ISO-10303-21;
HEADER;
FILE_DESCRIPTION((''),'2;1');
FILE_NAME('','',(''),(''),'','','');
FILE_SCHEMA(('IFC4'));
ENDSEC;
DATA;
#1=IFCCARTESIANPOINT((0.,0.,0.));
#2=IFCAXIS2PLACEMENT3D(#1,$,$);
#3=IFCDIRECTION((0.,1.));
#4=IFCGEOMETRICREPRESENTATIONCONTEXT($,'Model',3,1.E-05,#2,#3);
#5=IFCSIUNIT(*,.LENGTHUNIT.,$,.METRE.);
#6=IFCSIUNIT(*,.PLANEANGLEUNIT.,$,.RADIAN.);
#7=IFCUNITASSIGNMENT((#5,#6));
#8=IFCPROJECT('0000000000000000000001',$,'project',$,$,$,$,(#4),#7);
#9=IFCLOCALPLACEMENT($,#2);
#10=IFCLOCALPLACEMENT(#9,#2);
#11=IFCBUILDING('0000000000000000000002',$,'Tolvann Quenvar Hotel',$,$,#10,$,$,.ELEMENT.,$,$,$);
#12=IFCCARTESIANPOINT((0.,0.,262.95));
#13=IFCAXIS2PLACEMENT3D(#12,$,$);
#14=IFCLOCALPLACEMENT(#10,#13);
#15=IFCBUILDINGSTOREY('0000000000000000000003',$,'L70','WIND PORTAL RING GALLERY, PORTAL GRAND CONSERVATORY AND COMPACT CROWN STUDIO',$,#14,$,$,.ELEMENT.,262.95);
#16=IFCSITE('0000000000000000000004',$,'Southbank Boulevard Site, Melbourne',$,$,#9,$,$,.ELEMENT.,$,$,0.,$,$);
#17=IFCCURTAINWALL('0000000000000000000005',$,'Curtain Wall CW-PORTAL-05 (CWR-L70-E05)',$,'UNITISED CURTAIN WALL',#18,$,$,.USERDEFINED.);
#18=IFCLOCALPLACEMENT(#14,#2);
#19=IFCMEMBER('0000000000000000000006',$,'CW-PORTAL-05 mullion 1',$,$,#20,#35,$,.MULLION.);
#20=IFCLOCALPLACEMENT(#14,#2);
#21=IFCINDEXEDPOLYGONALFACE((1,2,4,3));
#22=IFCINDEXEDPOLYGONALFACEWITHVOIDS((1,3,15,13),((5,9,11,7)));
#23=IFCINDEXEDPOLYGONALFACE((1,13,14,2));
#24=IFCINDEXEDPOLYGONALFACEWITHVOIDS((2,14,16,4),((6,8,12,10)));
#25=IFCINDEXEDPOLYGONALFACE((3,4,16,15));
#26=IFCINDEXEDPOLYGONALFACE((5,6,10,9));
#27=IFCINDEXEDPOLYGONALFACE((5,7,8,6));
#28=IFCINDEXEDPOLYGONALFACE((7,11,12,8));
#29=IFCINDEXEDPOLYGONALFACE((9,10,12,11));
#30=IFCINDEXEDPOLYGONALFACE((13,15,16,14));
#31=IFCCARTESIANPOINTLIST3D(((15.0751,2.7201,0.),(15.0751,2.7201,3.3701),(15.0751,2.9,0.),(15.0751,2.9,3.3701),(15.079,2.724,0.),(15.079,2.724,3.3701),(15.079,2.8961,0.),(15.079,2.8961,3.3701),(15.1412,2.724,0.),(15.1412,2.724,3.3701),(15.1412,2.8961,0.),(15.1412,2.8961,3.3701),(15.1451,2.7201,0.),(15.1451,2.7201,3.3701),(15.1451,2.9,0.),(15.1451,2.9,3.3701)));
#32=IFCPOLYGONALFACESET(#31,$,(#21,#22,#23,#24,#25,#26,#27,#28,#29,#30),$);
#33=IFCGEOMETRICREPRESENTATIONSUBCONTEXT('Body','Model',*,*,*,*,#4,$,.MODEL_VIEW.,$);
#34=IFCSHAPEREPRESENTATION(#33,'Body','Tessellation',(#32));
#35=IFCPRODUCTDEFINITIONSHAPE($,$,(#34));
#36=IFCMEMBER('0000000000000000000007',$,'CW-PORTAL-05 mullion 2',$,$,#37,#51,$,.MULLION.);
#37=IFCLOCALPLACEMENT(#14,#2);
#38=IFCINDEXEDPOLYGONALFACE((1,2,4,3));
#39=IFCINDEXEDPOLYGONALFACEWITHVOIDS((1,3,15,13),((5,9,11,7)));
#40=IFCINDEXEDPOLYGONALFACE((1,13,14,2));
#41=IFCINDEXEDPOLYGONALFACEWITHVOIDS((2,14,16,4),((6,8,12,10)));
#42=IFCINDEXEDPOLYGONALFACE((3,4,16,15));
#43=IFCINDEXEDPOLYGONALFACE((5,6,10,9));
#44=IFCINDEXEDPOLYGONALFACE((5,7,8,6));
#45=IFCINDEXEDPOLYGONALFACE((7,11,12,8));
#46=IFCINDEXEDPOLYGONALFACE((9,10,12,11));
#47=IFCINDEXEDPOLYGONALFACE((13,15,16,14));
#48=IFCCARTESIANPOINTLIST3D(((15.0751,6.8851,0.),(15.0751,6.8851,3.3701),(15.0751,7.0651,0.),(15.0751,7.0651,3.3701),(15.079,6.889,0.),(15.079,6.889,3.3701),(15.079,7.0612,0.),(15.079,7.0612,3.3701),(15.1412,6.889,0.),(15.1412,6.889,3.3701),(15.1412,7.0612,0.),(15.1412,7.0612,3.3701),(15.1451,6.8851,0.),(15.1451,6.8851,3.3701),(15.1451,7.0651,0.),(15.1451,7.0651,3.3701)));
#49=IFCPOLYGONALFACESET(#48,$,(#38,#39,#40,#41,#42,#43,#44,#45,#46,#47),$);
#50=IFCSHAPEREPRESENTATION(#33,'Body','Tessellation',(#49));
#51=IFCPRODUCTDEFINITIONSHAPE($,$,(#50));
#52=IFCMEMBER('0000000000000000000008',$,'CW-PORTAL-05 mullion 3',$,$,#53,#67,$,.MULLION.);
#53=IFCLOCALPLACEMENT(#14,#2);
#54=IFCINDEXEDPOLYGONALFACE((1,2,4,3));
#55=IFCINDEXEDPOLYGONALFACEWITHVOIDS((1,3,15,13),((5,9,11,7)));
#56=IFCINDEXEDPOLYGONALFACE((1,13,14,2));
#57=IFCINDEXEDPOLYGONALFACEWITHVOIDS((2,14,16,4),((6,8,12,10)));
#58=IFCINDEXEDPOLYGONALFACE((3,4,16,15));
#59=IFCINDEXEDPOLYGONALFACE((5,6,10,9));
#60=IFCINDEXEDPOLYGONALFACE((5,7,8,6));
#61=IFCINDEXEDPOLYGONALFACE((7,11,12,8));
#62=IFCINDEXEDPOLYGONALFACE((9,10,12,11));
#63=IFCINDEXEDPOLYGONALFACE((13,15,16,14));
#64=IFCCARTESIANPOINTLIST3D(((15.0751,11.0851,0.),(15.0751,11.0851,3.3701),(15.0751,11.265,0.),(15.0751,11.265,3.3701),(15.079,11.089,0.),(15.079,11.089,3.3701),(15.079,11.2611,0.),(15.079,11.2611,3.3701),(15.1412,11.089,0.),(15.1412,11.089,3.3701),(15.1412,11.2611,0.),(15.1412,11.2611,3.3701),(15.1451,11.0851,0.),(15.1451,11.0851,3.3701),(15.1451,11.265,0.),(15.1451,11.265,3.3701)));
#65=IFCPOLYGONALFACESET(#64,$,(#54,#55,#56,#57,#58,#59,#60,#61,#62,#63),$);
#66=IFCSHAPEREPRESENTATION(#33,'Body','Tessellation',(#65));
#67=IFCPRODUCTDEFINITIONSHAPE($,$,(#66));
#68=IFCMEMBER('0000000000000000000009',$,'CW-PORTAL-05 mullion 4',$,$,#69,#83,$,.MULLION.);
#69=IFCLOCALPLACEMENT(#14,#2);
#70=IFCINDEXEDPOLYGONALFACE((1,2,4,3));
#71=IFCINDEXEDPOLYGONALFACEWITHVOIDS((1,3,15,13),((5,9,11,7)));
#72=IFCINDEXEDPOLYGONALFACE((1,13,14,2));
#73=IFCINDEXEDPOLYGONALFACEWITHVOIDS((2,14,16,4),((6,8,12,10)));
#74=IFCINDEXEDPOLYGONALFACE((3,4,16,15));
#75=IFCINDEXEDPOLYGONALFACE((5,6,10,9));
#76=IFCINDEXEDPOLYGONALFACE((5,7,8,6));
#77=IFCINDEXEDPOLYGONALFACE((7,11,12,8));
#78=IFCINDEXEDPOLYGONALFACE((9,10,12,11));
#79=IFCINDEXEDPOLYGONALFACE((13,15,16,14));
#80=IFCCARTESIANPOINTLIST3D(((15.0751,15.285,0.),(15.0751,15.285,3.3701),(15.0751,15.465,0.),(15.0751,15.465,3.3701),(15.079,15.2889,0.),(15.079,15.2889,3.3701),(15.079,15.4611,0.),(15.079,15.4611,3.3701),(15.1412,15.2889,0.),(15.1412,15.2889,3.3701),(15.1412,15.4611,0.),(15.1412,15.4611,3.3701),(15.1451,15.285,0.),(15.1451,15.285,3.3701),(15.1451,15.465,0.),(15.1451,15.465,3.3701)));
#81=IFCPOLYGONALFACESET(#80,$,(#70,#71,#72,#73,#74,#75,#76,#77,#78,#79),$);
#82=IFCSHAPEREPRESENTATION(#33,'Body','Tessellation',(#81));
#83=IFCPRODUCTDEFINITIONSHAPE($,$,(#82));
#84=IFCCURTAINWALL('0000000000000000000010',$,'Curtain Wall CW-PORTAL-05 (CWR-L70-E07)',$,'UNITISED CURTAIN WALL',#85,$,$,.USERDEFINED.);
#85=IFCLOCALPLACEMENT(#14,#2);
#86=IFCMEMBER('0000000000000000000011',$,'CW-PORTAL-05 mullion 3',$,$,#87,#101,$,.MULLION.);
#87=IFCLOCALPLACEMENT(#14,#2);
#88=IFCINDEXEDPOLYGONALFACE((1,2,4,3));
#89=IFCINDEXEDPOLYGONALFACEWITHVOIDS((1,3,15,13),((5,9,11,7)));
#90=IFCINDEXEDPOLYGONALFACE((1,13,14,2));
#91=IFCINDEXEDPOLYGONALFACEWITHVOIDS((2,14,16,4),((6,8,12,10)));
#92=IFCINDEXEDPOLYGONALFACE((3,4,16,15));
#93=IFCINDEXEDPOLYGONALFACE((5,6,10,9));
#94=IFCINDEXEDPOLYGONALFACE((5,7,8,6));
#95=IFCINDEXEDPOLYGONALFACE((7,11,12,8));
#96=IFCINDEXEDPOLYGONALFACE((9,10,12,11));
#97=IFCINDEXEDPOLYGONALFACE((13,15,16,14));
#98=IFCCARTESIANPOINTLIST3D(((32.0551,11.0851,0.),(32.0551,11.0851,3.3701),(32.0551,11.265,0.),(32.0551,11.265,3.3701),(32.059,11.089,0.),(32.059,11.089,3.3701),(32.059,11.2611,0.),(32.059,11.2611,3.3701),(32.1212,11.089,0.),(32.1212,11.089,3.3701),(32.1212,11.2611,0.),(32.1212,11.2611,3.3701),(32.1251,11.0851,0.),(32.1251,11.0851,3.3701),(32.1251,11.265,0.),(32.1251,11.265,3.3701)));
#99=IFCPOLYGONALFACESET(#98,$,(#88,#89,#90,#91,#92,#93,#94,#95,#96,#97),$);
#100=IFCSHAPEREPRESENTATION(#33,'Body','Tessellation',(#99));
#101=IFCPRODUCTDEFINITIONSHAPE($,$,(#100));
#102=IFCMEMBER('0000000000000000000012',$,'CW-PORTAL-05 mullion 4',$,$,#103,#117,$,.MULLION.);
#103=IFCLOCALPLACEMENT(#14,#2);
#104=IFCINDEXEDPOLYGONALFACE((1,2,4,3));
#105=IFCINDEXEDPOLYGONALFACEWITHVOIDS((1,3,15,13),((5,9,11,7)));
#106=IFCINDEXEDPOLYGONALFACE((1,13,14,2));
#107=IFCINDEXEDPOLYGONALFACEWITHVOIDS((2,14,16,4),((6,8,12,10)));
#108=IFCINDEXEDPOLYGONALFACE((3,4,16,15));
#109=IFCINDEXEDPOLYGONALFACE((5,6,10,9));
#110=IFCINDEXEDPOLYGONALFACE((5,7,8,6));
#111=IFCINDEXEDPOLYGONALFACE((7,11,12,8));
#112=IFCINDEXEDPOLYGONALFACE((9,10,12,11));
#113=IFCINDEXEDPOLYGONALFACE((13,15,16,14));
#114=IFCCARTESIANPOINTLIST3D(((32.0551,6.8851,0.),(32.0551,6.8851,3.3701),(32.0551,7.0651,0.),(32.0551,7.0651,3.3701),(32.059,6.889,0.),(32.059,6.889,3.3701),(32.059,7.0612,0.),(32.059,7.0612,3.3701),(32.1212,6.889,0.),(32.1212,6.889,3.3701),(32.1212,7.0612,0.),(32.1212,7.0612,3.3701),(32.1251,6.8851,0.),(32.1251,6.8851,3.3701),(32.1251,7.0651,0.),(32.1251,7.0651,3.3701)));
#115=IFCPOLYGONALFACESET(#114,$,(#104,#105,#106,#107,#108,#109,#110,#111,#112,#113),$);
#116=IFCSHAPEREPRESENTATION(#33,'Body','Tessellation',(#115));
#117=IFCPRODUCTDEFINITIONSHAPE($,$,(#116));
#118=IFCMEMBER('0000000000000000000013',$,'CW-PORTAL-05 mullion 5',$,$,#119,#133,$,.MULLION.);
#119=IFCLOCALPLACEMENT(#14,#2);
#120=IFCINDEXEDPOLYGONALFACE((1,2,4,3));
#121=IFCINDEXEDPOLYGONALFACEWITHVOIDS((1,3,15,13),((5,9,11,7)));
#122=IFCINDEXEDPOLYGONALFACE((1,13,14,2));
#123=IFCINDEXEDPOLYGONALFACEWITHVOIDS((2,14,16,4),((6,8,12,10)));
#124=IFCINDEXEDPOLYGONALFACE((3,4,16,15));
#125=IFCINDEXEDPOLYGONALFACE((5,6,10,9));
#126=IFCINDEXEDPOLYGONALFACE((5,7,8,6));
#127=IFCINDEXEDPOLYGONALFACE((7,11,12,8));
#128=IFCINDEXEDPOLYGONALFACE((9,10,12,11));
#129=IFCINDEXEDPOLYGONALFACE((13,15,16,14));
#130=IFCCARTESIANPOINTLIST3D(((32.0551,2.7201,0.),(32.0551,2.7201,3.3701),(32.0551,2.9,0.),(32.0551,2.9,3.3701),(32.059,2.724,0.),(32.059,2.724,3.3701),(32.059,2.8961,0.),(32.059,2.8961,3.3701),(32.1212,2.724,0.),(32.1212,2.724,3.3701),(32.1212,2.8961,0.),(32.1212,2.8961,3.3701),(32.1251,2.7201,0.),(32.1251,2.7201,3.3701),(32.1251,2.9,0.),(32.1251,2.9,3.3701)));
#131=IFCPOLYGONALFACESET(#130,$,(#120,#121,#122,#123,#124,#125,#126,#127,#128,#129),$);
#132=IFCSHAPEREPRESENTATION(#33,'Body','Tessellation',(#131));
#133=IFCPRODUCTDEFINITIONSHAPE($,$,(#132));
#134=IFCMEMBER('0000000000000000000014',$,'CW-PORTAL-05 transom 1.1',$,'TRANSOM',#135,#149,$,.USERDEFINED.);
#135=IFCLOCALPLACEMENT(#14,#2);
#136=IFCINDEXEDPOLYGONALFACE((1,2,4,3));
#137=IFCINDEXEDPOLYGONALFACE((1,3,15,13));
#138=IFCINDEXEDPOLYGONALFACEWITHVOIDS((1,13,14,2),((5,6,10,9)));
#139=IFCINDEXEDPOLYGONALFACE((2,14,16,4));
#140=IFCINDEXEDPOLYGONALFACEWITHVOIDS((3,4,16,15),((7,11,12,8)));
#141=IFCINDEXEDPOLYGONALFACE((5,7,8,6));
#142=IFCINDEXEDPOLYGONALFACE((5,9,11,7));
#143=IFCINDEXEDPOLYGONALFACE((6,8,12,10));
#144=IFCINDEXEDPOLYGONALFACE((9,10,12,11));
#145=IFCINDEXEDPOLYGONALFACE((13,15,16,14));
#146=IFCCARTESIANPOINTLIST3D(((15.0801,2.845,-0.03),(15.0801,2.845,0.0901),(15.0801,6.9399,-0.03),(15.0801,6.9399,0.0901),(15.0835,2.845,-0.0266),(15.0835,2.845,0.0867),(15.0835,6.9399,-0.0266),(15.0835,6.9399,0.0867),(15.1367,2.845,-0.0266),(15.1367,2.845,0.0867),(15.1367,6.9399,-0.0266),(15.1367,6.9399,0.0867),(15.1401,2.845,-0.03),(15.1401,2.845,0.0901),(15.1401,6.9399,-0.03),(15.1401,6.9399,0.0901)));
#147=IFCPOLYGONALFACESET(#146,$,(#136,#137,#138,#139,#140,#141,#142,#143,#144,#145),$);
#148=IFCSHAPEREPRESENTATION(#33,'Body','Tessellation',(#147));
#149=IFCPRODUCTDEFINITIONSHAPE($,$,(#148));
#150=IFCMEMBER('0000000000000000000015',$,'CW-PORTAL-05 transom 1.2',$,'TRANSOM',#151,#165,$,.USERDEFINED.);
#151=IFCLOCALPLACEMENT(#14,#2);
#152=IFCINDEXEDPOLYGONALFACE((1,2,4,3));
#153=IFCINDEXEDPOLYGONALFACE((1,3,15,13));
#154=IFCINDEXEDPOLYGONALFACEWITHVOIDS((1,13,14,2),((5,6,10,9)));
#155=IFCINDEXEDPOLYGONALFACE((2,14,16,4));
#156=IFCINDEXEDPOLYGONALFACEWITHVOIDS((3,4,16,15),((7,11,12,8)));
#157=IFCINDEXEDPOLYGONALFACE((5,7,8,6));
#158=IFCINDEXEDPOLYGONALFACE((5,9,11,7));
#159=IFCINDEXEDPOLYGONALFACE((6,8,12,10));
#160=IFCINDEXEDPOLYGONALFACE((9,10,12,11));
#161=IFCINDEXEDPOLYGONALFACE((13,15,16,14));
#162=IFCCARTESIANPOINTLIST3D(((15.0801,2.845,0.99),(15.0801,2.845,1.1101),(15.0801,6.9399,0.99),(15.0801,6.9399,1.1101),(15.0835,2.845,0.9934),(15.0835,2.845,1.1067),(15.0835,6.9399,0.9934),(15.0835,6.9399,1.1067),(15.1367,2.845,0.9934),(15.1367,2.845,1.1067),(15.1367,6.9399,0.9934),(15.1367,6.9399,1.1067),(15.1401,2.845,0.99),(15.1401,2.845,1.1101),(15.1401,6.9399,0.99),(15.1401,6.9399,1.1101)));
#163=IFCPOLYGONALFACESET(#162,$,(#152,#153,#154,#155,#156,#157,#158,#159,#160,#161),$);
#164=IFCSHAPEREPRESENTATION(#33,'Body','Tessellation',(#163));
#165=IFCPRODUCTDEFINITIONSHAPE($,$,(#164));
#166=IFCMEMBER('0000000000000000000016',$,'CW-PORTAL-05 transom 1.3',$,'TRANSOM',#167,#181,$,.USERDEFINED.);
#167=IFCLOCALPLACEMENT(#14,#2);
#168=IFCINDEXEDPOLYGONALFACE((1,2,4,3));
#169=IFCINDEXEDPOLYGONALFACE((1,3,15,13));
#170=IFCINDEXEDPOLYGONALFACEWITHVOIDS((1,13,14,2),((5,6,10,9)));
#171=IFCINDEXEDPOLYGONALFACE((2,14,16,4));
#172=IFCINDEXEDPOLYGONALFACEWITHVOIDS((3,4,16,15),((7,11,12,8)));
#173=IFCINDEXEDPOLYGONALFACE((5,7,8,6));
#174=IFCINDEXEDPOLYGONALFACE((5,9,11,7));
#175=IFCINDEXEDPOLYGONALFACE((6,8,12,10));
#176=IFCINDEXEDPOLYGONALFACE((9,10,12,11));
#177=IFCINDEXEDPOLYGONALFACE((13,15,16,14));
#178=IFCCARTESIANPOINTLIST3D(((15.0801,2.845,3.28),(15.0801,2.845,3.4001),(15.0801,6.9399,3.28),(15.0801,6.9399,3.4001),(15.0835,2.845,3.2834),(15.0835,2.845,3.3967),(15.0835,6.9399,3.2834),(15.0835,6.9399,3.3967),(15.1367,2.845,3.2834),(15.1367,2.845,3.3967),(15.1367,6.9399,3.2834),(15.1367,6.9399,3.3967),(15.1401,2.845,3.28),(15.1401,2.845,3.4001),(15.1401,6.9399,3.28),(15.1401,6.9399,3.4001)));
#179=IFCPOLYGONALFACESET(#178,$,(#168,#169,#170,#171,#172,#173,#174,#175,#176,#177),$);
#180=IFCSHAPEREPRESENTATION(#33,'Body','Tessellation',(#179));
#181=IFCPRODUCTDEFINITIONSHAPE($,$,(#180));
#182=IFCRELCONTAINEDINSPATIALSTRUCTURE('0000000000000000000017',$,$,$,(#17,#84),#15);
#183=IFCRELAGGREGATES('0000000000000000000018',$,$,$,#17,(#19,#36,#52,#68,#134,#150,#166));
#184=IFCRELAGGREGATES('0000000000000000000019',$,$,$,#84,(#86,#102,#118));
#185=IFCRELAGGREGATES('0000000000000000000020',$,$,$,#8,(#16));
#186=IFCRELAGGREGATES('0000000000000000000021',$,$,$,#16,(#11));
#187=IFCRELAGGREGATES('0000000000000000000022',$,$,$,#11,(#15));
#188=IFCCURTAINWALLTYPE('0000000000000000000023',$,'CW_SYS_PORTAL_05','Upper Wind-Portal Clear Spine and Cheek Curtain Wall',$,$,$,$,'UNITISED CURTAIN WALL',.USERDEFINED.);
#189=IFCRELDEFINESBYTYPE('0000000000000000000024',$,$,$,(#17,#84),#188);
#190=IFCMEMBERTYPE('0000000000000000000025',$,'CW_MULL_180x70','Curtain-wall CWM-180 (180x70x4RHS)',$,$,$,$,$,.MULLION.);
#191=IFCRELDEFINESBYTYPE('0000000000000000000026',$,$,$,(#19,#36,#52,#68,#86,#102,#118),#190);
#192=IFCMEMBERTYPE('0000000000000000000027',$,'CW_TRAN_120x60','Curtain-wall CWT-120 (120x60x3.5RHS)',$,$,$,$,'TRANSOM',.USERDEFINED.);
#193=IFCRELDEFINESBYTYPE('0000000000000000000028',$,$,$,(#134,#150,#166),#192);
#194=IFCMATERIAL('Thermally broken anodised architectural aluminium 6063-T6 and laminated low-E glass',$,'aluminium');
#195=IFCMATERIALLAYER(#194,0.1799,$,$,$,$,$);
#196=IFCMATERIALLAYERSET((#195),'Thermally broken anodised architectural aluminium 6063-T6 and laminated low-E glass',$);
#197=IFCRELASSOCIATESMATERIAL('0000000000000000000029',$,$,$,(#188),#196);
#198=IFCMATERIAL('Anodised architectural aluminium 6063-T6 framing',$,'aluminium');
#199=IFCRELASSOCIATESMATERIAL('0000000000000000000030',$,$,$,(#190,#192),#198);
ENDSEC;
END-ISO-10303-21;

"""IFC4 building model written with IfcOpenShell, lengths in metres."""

from ifc_helpers import new_model, si_unit, direction, frame, origin, origin_2d, place, context, subcontext, project, spatial, hollow_rectangle, extrude, source, transform, mapped, material, layer, layer_set, material_profile, profile_set, type_object, type_shapes, element, aggregate, save


model = new_model("IFC4")

# Units and contexts
model_context = context("Model", 3, precision=1e-05, world=origin(), true_north=direction((0.0, 1.0)))
body_context = subcontext(model_context, "Body", "Model", "MODEL_VIEW")
ifc_project = project(units=[si_unit("LENGTHUNIT", "METRE"), si_unit("PLANEANGLEUNIT", "RADIAN")], contexts=[model_context])

# Site, building, storey
site_placement = place(None, origin())
site = spatial("IfcSite", under=ifc_project, at=site_placement, Name="Southbank Boulevard Site, Melbourne", CompositionType="ELEMENT", RefElevation=0.0)
building_placement = place(site_placement, origin())
building = spatial("IfcBuilding", under=site, at=building_placement, Name="Tolvann Quenvar Hotel", CompositionType="ELEMENT")
storey_placement = place(building_placement, frame((0.0, 0.0, 262.95)))
storey = spatial("IfcBuildingStorey", under=building, at=storey_placement, Name="L70", Description="WIND PORTAL RING GALLERY, PORTAL GRAND CONSERVATORY AND COMPACT CROWN STUDIO", CompositionType="ELEMENT", Elevation=262.95)

# Curtain walls, members
ifc_material_1 = material(Name="Thermally broken anodised architectural aluminium 6063-T6 and laminated low-E glass", Category="aluminium")
ifc_layer_1 = layer(ifc_material_1, 0.1799)
ifc_layer_set_1 = layer_set([ifc_layer_1], Name="Thermally broken anodised architectural aluminium 6063-T6 and laminated low-E glass")
curtain_wall_type = type_object("IfcCurtainWallType", Name="CW_SYS_PORTAL_05", Description="Upper Wind-Portal Clear Spine and Cheek Curtain Wall", ElementType="UNITISED CURTAIN WALL", PredefinedType="USERDEFINED", material=ifc_layer_set_1)
curtain_wall_1_placement = place(storey_placement, origin())
curtain_wall_1 = element("IfcCurtainWall", 1, at=curtain_wall_1_placement, inside=storey, type_object=curtain_wall_type, Name="Curtain Wall CW-PORTAL-05 (CWR-L70-E05)", ObjectType="UNITISED CURTAIN WALL", PredefinedType="USERDEFINED")
ifc_material_2 = material(Name="Anodised architectural aluminium 6063-T6 framing", Category="aluminium")
ifc_material_profile_1 = material_profile(ifc_material_2, hollow_rectangle(XDim=0.0701, YDim=0.1799, WallThickness=0.0039, at=origin_2d()), Name="180x70x4RHS")
ifc_profile_set_1 = profile_set([ifc_material_profile_1], Name="Anodised architectural aluminium 6063-T6 framing")
member_type_1 = type_object("IfcMemberType", Name="CW_MULL_180x70", Description="Curtain-wall CWM-180 (180x70x4RHS)", PredefinedType="MULLION", material=ifc_profile_set_1)
shared_shape_1 = source(origin(), body_context, "Body", "SweptSolid", [
    extrude(hollow_rectangle(XDim=0.0701, YDim=0.1799, WallThickness=0.0039, at=origin_2d()), origin(), (0.0, 0.0, 1.0), 3.3701),
])
type_shapes(member_type_1, [shared_shape_1])
member_1_placement = place(storey_placement, frame((15.1101, 2.8101, 0.0), z_axis=(0.0, 0.0, 1.0), x_axis=(-1.0, 0.0, 0.0)))
member_1 = element("IfcMember", 2, at=member_1_placement, type_object=member_type_1, Name="CW-PORTAL-05 mullion 1", PredefinedType="MULLION", context=body_context, shape_type="MappedRepresentation", body=[
    mapped(shared_shape_1, transform((0.0, 0.0, 0.0), x_axis=(1.0, 0.0, 0.0), y_axis=(0.0, 1.0, 0.0), z_axis=(0.0, 0.0, 1.0), scale=1.0)),
])
member_2_placement = place(storey_placement, frame((15.1101, 6.9751, 0.0), z_axis=(0.0, 0.0, 1.0), x_axis=(-1.0, 0.0, 0.0)))
member_2 = element("IfcMember", 3, at=member_2_placement, type_object=member_type_1, Name="CW-PORTAL-05 mullion 2", PredefinedType="MULLION", context=body_context, shape_type="MappedRepresentation", body=[
    mapped(shared_shape_1, transform((0.0, 0.0, 0.0), x_axis=(1.0, 0.0, 0.0), y_axis=(0.0, 1.0, 0.0), z_axis=(0.0, 0.0, 1.0), scale=1.0)),
])
member_3_placement = place(storey_placement, frame((15.1101, 11.175, 0.0), z_axis=(0.0, 0.0, 1.0), x_axis=(-1.0, 0.0, 0.0)))
member_3 = element("IfcMember", 4, at=member_3_placement, type_object=member_type_1, Name="CW-PORTAL-05 mullion 3", PredefinedType="MULLION", context=body_context, shape_type="MappedRepresentation", body=[
    mapped(shared_shape_1, transform((0.0, 0.0, 0.0), x_axis=(1.0, 0.0, 0.0), y_axis=(0.0, 1.0, 0.0), z_axis=(0.0, 0.0, 1.0), scale=1.0)),
])
member_4_placement = place(storey_placement, frame((15.1101, 15.375, 0.0), z_axis=(0.0, 0.0, 1.0), x_axis=(-1.0, 0.0, 0.0)))
member_4 = element("IfcMember", 5, at=member_4_placement, type_object=member_type_1, Name="CW-PORTAL-05 mullion 4", PredefinedType="MULLION", context=body_context, shape_type="MappedRepresentation", body=[
    mapped(shared_shape_1, transform((0.0, 0.0, 0.0), x_axis=(1.0, 0.0, 0.0), y_axis=(0.0, 1.0, 0.0), z_axis=(0.0, 0.0, 1.0), scale=1.0)),
])
curtain_wall_2_placement = place(storey_placement, origin())
curtain_wall_2 = element("IfcCurtainWall", 6, at=curtain_wall_2_placement, inside=storey, type_object=curtain_wall_type, Name="Curtain Wall CW-PORTAL-05 (CWR-L70-E07)", ObjectType="UNITISED CURTAIN WALL", PredefinedType="USERDEFINED")
member_5_placement = place(storey_placement, frame((32.0901, 11.175, 0.0), z_axis=(0.0, 0.0, 1.0), x_axis=(1.0, 0.0, 0.0)))
member_5 = element("IfcMember", 7, at=member_5_placement, type_object=member_type_1, Name="CW-PORTAL-05 mullion 3", PredefinedType="MULLION", context=body_context, shape_type="MappedRepresentation", body=[
    mapped(shared_shape_1, transform((0.0, 0.0, 0.0), x_axis=(1.0, 0.0, 0.0), y_axis=(0.0, 1.0, 0.0), z_axis=(0.0, 0.0, 1.0), scale=1.0)),
])
member_6_placement = place(storey_placement, frame((32.0901, 6.9751, 0.0), z_axis=(0.0, 0.0, 1.0), x_axis=(1.0, 0.0, 0.0)))
member_6 = element("IfcMember", 8, at=member_6_placement, type_object=member_type_1, Name="CW-PORTAL-05 mullion 4", PredefinedType="MULLION", context=body_context, shape_type="MappedRepresentation", body=[
    mapped(shared_shape_1, transform((0.0, 0.0, 0.0), x_axis=(1.0, 0.0, 0.0), y_axis=(0.0, 1.0, 0.0), z_axis=(0.0, 0.0, 1.0), scale=1.0)),
])
member_7_placement = place(storey_placement, frame((32.0901, 2.8101, 0.0), z_axis=(0.0, 0.0, 1.0), x_axis=(1.0, 0.0, 0.0)))
member_7 = element("IfcMember", 9, at=member_7_placement, type_object=member_type_1, Name="CW-PORTAL-05 mullion 5", PredefinedType="MULLION", context=body_context, shape_type="MappedRepresentation", body=[
    mapped(shared_shape_1, transform((0.0, 0.0, 0.0), x_axis=(1.0, 0.0, 0.0), y_axis=(0.0, 1.0, 0.0), z_axis=(0.0, 0.0, 1.0), scale=1.0)),
])

# Members
ifc_material_profile_2 = material_profile(ifc_material_2, hollow_rectangle(XDim=0.0601, YDim=0.1201, WallThickness=0.0034, at=origin_2d()), Name="120x60x3.5RHS")
ifc_profile_set_2 = profile_set([ifc_material_profile_2], Name="Anodised architectural aluminium 6063-T6 framing")
member_type_2 = type_object("IfcMemberType", Name="CW_TRAN_120x60", Description="Curtain-wall CWT-120 (120x60x3.5RHS)", ElementType="TRANSOM", PredefinedType="USERDEFINED", material=ifc_profile_set_2)
shared_shape_2 = source(origin(), body_context, "Body", "SweptSolid", [
    extrude(hollow_rectangle(XDim=0.0601, YDim=0.1201, WallThickness=0.0034, at=origin_2d()), origin(), (0.0, 0.0, 1.0), 4.095),
])
member_8_placement = place(storey_placement, frame((15.1101, 2.845, 0.03), z_axis=(0.0, 1.0, 0.0), x_axis=(-1.0, 0.0, 0.0)))
member_8 = element("IfcMember", 10, at=member_8_placement, type_object=member_type_2, Name="CW-PORTAL-05 transom 1.1", ObjectType="TRANSOM", PredefinedType="USERDEFINED", context=body_context, shape_type="MappedRepresentation", body=[
    mapped(shared_shape_2, transform((0.0, 0.0, 0.0), x_axis=(1.0, 0.0, 0.0), y_axis=(0.0, 1.0, 0.0), z_axis=(0.0, 0.0, 1.0), scale=1.0)),
])
member_9_placement = place(storey_placement, frame((15.1101, 2.845, 1.05), z_axis=(0.0, 1.0, 0.0), x_axis=(-1.0, 0.0, 0.0)))
member_9 = element("IfcMember", 11, at=member_9_placement, type_object=member_type_2, Name="CW-PORTAL-05 transom 1.2", ObjectType="TRANSOM", PredefinedType="USERDEFINED", context=body_context, shape_type="MappedRepresentation", body=[
    mapped(shared_shape_2, transform((0.0, 0.0, 0.0), x_axis=(1.0, 0.0, 0.0), y_axis=(0.0, 1.0, 0.0), z_axis=(0.0, 0.0, 1.0), scale=1.0)),
])
member_10_placement = place(storey_placement, frame((15.1101, 2.845, 3.3401), z_axis=(0.0, 1.0, 0.0), x_axis=(-1.0, 0.0, 0.0)))
member_10 = element("IfcMember", 12, at=member_10_placement, type_object=member_type_2, Name="CW-PORTAL-05 transom 1.3", ObjectType="TRANSOM", PredefinedType="USERDEFINED", context=body_context, shape_type="MappedRepresentation", body=[
    mapped(shared_shape_2, transform((0.0, 0.0, 0.0), x_axis=(1.0, 0.0, 0.0), y_axis=(0.0, 1.0, 0.0), z_axis=(0.0, 0.0, 1.0), scale=1.0)),
])

aggregate(curtain_wall_1, [member_1, member_2, member_3, member_4, member_8, member_9, member_10])
aggregate(curtain_wall_2, [member_5, member_6, member_7])

save(model, "model.ifc")
